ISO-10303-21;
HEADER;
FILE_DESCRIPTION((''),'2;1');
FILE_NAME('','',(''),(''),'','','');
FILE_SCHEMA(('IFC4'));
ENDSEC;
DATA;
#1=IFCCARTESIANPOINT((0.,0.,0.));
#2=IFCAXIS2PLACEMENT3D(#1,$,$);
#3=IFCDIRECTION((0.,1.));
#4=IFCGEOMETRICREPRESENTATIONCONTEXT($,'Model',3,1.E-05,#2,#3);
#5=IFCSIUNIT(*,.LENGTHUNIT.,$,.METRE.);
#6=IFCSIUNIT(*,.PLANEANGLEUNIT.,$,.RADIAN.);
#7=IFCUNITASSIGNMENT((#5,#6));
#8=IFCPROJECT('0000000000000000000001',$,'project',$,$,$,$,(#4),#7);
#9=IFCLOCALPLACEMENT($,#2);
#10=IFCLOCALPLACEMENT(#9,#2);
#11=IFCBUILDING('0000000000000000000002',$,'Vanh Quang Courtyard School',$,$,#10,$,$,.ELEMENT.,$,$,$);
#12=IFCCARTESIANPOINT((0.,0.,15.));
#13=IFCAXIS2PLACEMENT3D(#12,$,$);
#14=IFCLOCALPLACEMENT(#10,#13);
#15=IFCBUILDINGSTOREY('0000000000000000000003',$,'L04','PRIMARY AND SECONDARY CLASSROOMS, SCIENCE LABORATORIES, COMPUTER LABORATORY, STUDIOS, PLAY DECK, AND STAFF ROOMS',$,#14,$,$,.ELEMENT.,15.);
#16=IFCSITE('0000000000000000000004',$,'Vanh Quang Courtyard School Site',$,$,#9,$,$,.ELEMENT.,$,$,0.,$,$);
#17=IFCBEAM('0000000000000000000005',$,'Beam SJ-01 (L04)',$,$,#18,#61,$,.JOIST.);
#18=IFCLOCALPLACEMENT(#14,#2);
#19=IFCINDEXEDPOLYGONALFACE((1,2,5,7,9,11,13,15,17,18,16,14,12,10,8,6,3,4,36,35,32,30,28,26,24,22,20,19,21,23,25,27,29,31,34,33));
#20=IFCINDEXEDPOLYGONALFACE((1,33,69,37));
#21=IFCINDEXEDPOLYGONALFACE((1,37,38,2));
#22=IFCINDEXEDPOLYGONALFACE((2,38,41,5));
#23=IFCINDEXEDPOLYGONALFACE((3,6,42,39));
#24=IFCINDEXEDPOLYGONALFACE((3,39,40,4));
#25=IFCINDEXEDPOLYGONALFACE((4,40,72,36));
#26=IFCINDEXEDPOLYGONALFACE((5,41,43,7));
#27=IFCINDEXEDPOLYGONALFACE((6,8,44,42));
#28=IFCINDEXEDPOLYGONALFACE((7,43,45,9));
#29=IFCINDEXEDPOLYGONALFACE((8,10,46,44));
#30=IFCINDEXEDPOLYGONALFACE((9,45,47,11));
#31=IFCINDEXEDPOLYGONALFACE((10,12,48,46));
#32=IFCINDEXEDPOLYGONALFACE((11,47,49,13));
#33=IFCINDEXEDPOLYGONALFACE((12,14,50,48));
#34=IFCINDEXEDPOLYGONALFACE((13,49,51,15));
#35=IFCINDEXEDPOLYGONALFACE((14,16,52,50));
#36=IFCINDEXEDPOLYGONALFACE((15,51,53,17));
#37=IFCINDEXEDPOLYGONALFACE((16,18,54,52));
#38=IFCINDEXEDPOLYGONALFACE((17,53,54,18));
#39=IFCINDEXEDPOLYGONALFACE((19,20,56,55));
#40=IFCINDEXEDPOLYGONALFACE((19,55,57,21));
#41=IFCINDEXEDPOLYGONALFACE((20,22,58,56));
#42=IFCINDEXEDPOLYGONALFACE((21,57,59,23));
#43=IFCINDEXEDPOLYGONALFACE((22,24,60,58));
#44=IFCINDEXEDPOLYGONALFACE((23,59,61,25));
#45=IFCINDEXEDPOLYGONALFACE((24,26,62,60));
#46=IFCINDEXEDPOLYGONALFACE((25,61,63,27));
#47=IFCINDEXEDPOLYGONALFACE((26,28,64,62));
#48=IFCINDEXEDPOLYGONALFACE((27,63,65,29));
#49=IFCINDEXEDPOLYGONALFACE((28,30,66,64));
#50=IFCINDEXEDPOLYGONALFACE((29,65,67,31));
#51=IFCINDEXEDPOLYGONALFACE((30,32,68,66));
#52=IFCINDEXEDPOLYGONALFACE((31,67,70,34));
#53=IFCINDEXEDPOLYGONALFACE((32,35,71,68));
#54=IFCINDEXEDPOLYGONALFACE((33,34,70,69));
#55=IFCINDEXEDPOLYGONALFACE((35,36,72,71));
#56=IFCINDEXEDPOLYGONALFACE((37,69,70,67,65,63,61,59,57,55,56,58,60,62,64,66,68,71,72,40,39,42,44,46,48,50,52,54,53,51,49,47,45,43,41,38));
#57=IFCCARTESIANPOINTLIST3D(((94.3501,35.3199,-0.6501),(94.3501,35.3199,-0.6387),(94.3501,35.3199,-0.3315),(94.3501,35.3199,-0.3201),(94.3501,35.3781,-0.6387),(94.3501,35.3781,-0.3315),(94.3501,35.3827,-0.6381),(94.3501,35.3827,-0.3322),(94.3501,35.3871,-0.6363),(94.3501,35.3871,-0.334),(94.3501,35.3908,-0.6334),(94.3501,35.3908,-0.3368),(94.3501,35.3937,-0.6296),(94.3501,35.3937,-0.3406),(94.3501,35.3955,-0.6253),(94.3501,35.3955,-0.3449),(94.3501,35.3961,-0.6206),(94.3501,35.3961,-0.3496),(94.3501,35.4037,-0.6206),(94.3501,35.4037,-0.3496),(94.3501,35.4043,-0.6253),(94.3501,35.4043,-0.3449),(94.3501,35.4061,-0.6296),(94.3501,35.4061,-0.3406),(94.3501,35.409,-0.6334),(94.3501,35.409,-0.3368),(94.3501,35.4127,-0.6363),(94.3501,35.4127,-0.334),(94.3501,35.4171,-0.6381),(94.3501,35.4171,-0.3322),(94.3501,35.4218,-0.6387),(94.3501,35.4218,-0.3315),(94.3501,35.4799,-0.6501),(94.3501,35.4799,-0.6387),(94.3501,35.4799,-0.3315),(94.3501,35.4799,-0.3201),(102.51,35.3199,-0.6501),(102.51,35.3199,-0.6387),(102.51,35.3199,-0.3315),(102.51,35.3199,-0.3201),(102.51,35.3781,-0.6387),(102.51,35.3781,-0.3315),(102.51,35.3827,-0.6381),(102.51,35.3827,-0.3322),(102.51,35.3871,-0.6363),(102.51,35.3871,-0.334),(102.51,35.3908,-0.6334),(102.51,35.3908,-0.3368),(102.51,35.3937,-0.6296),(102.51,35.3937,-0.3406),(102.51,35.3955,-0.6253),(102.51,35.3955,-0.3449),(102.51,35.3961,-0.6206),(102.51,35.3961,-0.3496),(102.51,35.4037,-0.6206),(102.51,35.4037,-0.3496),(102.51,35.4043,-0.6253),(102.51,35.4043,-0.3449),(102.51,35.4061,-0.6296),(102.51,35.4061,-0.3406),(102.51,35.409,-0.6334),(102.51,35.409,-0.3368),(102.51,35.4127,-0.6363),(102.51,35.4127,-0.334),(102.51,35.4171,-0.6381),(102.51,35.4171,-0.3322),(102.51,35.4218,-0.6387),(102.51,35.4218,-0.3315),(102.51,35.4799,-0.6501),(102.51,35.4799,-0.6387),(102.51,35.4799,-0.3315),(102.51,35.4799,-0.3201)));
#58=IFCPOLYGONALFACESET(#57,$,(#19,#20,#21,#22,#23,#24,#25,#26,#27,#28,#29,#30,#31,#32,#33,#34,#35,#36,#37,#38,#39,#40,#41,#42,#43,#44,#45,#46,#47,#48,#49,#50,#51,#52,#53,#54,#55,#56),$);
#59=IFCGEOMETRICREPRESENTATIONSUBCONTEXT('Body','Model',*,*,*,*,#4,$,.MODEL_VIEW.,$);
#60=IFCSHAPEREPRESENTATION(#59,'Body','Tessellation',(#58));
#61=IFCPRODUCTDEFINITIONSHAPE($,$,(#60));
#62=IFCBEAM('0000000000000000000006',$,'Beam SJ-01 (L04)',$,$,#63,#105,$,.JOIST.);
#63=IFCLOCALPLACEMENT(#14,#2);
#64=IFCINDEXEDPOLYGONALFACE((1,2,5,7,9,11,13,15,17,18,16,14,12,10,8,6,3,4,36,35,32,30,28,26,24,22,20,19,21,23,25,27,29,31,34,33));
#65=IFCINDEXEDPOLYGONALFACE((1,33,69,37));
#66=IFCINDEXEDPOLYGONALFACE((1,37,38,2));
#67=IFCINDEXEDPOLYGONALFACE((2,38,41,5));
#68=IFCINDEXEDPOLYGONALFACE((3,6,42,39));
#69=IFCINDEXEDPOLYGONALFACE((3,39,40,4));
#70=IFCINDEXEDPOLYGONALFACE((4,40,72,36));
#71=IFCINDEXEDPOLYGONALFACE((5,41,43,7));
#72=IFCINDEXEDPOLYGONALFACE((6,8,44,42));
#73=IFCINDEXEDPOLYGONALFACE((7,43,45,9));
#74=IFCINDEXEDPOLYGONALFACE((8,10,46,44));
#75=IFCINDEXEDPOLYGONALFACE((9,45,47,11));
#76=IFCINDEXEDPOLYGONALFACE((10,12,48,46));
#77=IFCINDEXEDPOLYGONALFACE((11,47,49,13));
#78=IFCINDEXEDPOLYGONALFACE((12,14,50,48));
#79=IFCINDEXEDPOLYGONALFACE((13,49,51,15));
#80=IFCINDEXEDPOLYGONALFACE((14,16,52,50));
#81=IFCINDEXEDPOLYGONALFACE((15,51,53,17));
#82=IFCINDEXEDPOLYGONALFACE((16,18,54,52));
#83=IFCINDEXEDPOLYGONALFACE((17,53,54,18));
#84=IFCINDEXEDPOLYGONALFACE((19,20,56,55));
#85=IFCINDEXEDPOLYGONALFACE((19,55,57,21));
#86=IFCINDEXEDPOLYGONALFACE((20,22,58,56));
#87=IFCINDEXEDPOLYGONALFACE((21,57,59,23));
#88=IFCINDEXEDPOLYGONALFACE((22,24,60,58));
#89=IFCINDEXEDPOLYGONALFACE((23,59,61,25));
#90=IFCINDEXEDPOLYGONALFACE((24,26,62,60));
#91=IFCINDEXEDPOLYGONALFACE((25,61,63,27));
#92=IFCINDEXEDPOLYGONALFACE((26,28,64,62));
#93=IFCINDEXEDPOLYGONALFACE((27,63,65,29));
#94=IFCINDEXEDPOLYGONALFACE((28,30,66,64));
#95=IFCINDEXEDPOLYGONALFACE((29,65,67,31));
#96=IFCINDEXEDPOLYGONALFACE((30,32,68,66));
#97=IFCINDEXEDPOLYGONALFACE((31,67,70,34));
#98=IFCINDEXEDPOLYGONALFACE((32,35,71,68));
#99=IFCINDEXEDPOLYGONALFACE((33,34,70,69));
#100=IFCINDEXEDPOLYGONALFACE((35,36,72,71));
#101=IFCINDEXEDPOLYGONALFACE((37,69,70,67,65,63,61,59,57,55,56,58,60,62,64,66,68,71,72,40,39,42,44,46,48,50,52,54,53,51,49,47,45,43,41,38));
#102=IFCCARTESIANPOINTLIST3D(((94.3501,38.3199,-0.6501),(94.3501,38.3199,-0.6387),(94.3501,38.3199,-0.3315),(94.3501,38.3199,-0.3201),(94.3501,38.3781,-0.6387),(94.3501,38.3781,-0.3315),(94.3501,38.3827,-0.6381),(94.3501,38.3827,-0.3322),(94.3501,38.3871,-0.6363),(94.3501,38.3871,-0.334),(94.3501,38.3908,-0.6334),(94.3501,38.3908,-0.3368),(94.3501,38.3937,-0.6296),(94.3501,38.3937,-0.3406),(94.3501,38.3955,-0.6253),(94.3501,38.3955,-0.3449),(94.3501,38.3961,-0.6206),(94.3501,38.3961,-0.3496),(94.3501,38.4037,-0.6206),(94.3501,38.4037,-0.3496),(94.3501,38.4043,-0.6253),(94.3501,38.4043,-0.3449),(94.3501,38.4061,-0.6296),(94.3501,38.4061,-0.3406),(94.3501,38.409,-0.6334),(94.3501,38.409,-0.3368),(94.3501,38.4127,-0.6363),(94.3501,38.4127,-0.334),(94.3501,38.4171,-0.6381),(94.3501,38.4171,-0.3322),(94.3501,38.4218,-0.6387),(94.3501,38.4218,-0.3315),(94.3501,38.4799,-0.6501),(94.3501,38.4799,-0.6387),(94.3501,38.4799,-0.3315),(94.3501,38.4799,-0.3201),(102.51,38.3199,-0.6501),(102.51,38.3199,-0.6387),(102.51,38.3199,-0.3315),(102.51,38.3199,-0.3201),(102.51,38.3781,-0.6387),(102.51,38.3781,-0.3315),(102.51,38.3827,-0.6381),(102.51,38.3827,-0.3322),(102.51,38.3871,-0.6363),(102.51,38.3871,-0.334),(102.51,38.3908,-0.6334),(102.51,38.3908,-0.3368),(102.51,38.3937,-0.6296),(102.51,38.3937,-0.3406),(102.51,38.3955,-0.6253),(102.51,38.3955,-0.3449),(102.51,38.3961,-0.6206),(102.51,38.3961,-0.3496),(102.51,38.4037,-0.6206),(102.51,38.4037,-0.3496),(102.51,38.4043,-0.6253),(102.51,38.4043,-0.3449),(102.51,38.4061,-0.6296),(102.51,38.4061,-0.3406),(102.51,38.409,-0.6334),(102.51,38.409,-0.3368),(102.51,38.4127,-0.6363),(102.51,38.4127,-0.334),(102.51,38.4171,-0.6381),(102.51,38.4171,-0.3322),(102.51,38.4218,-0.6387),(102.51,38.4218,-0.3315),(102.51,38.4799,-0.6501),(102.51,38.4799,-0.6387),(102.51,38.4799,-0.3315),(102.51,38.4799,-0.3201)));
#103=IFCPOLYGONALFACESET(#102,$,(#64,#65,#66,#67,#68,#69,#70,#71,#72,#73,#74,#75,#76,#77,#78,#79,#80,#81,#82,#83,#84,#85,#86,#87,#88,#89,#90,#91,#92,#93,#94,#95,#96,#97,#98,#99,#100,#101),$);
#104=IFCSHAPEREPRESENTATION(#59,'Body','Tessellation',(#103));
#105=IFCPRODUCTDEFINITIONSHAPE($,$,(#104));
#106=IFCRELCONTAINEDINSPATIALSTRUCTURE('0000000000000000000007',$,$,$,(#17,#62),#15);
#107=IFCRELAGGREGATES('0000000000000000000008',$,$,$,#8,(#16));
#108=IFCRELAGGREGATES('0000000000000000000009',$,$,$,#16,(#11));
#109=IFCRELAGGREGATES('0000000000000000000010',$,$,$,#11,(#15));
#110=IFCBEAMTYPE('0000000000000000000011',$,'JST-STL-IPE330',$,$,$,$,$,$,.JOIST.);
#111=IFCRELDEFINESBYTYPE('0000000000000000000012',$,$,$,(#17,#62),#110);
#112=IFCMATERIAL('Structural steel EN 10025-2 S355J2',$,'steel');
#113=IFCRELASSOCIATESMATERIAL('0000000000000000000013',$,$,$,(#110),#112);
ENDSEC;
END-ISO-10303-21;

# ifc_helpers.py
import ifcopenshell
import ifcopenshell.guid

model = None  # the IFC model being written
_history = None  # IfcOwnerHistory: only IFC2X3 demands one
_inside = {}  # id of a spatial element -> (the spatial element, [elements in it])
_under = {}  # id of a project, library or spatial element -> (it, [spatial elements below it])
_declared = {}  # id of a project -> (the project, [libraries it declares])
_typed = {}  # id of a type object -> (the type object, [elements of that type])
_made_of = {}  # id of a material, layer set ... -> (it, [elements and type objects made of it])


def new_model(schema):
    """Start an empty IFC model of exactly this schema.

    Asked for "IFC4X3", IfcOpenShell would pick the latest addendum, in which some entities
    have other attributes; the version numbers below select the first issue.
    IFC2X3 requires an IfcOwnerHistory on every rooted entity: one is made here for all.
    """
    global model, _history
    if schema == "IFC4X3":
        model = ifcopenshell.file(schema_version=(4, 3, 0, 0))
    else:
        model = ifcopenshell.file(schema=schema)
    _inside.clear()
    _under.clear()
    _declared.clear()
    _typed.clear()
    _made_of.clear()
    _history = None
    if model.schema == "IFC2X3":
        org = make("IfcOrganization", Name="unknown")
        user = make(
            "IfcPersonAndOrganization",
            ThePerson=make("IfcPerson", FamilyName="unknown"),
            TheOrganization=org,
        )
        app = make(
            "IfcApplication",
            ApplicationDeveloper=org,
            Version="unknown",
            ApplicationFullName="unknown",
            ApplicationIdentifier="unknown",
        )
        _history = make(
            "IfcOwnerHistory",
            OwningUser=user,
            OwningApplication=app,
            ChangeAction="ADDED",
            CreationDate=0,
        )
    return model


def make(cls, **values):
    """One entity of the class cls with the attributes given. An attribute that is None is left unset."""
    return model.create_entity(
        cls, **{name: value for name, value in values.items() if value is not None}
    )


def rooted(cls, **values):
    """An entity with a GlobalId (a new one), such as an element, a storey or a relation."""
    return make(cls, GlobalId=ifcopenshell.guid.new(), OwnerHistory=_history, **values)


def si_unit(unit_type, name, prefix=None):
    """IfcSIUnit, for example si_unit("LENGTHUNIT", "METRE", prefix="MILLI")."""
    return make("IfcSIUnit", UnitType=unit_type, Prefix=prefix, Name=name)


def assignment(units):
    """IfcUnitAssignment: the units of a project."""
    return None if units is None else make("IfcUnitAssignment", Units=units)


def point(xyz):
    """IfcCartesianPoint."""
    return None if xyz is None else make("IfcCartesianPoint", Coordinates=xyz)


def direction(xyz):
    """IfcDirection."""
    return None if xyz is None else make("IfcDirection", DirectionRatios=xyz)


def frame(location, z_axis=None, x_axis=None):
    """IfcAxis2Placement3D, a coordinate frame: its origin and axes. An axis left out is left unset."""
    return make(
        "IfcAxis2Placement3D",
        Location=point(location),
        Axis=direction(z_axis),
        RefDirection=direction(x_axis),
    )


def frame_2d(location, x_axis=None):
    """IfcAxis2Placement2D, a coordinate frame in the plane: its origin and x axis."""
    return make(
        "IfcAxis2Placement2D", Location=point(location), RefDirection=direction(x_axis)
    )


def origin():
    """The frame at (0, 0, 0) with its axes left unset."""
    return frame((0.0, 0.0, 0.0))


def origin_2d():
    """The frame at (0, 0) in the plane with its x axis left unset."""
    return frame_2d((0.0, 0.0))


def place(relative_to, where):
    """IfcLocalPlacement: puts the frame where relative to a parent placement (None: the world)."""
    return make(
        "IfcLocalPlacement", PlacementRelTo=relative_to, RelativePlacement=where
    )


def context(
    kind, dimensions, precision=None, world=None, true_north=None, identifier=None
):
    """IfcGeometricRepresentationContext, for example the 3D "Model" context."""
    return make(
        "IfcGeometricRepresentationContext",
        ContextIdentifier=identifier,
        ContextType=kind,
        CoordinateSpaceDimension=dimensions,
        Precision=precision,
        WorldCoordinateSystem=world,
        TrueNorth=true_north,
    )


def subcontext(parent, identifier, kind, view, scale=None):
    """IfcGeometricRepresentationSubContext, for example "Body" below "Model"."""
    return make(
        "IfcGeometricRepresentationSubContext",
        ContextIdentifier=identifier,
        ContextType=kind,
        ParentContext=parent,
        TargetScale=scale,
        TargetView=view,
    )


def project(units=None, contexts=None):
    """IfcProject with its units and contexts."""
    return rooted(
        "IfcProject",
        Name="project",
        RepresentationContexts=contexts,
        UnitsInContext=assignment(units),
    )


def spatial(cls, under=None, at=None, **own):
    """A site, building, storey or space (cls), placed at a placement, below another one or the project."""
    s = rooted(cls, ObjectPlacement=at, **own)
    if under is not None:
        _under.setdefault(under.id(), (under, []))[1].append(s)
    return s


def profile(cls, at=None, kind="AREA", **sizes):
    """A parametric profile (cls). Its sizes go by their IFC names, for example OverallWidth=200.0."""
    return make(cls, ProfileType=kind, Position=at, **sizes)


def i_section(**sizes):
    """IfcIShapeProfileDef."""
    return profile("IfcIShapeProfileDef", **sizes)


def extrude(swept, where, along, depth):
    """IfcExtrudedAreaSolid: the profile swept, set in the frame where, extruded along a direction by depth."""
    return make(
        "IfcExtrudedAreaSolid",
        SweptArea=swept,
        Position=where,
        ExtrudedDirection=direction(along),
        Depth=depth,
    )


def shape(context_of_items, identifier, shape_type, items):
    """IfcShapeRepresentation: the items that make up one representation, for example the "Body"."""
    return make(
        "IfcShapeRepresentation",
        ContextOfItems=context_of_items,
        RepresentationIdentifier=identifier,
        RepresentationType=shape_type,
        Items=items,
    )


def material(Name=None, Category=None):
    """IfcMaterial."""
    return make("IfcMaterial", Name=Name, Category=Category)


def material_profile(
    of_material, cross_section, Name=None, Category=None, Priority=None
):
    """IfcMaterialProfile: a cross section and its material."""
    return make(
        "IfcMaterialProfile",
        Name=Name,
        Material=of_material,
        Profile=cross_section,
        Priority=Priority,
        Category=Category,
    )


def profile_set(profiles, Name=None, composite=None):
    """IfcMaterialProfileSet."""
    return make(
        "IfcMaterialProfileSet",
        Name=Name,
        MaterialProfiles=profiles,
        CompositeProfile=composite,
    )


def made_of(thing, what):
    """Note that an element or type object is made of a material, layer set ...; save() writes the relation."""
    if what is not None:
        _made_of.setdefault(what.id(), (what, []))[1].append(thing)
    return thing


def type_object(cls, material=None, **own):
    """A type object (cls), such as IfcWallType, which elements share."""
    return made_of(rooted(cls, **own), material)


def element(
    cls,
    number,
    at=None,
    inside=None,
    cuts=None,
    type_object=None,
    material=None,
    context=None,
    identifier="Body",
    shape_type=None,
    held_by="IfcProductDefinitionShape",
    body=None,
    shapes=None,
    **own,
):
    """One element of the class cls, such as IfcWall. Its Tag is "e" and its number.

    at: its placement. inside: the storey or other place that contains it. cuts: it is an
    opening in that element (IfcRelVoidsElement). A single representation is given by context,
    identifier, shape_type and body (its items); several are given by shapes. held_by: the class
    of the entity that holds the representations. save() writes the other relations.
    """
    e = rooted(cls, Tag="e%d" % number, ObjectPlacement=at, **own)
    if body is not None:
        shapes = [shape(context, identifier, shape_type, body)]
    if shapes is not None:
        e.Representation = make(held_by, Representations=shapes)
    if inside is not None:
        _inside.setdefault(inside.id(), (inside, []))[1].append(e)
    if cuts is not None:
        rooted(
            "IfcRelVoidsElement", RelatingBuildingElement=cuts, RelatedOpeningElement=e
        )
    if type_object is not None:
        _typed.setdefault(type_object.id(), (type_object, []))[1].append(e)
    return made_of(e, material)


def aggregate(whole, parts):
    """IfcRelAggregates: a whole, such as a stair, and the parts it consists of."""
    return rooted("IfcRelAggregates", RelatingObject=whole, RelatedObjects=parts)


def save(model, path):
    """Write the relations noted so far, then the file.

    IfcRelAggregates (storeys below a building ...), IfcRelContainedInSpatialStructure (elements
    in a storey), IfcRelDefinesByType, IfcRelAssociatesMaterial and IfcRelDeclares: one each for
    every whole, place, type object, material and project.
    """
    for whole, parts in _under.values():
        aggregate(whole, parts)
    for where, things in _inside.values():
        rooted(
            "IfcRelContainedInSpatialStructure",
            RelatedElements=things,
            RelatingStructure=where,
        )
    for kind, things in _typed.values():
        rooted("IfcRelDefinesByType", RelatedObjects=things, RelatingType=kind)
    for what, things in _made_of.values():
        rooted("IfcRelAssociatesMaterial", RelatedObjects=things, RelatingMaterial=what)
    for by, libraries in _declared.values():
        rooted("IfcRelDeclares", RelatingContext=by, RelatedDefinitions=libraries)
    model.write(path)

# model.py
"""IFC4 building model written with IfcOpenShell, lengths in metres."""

from ifc_helpers import new_model, si_unit, direction, frame, origin, origin_2d, place, context, subcontext, project, spatial, i_section, extrude, material, material_profile, profile_set, type_object, element, save


model = new_model("IFC4")

# Units and contexts
model_context = context("Model", 3, precision=1e-05, world=origin(), true_north=direction((0.0, 1.0)))
body_context = subcontext(model_context, "Body", "Model", "MODEL_VIEW")
ifc_project = project(units=[si_unit("LENGTHUNIT", "METRE"), si_unit("PLANEANGLEUNIT", "RADIAN")], contexts=[model_context])

# Site, building, storey
site_placement = place(None, origin())
site = spatial("IfcSite", under=ifc_project, at=site_placement, Name="Vanh Quang Courtyard School Site", CompositionType="ELEMENT", RefElevation=0.0)
building_placement = place(site_placement, origin())
building = spatial("IfcBuilding", under=site, at=building_placement, Name="Vanh Quang Courtyard School", CompositionType="ELEMENT")
storey_placement = place(building_placement, frame((0.0, 0.0, 15.0)))
storey = spatial("IfcBuildingStorey", under=building, at=storey_placement, Name="L04", Description="PRIMARY AND SECONDARY CLASSROOMS, SCIENCE LABORATORIES, COMPUTER LABORATORY, STUDIOS, PLAY DECK, AND STAFF ROOMS", CompositionType="ELEMENT", Elevation=15.0)

# Beams
ifc_material_1 = material(Name="Structural steel EN 10025-2 S355J2", Category="steel")
ifc_material_profile_1 = material_profile(ifc_material_1, i_section(OverallWidth=0.1599, OverallDepth=0.3301, WebThickness=0.0076, FlangeThickness=0.0115, FilletRadius=0.0181, at=origin_2d()), Name="IPE 330")
ifc_profile_set_1 = profile_set([ifc_material_profile_1], Name="Structural steel EN 10025-2 S355J2")
beam_type_1 = type_object("IfcBeamType", Name="JST-STL-IPE330", PredefinedType="JOIST", material=ifc_profile_set_1)
for number, where, z_axis, x_axis, name in (
    (1, (94.3501, 35.3999, -0.4851), (1.0, 0.0, 0.0), (0.0, 1.0, 0.0), "Beam SJ-01 (L04)"),
    (2, (94.3501, 38.3999, -0.4851), (1.0, 0.0, 0.0), (0.0, 1.0, 0.0), "Beam SJ-01 (L04)"),
):
    element("IfcBeam", number, at=place(storey_placement, frame(where, z_axis=z_axis, x_axis=x_axis)), inside=storey, type_object=beam_type_1, Name=name, PredefinedType="JOIST", context=body_context, shape_type="SweptSolid", body=[
        extrude(i_section(OverallWidth=0.1599, OverallDepth=0.3301, WebThickness=0.0076, FlangeThickness=0.0115, FilletRadius=0.0181, at=origin_2d()), origin(), (0.0, 0.0, 1.0), 8.1599),
    ])

save(model, "model.ifc")
